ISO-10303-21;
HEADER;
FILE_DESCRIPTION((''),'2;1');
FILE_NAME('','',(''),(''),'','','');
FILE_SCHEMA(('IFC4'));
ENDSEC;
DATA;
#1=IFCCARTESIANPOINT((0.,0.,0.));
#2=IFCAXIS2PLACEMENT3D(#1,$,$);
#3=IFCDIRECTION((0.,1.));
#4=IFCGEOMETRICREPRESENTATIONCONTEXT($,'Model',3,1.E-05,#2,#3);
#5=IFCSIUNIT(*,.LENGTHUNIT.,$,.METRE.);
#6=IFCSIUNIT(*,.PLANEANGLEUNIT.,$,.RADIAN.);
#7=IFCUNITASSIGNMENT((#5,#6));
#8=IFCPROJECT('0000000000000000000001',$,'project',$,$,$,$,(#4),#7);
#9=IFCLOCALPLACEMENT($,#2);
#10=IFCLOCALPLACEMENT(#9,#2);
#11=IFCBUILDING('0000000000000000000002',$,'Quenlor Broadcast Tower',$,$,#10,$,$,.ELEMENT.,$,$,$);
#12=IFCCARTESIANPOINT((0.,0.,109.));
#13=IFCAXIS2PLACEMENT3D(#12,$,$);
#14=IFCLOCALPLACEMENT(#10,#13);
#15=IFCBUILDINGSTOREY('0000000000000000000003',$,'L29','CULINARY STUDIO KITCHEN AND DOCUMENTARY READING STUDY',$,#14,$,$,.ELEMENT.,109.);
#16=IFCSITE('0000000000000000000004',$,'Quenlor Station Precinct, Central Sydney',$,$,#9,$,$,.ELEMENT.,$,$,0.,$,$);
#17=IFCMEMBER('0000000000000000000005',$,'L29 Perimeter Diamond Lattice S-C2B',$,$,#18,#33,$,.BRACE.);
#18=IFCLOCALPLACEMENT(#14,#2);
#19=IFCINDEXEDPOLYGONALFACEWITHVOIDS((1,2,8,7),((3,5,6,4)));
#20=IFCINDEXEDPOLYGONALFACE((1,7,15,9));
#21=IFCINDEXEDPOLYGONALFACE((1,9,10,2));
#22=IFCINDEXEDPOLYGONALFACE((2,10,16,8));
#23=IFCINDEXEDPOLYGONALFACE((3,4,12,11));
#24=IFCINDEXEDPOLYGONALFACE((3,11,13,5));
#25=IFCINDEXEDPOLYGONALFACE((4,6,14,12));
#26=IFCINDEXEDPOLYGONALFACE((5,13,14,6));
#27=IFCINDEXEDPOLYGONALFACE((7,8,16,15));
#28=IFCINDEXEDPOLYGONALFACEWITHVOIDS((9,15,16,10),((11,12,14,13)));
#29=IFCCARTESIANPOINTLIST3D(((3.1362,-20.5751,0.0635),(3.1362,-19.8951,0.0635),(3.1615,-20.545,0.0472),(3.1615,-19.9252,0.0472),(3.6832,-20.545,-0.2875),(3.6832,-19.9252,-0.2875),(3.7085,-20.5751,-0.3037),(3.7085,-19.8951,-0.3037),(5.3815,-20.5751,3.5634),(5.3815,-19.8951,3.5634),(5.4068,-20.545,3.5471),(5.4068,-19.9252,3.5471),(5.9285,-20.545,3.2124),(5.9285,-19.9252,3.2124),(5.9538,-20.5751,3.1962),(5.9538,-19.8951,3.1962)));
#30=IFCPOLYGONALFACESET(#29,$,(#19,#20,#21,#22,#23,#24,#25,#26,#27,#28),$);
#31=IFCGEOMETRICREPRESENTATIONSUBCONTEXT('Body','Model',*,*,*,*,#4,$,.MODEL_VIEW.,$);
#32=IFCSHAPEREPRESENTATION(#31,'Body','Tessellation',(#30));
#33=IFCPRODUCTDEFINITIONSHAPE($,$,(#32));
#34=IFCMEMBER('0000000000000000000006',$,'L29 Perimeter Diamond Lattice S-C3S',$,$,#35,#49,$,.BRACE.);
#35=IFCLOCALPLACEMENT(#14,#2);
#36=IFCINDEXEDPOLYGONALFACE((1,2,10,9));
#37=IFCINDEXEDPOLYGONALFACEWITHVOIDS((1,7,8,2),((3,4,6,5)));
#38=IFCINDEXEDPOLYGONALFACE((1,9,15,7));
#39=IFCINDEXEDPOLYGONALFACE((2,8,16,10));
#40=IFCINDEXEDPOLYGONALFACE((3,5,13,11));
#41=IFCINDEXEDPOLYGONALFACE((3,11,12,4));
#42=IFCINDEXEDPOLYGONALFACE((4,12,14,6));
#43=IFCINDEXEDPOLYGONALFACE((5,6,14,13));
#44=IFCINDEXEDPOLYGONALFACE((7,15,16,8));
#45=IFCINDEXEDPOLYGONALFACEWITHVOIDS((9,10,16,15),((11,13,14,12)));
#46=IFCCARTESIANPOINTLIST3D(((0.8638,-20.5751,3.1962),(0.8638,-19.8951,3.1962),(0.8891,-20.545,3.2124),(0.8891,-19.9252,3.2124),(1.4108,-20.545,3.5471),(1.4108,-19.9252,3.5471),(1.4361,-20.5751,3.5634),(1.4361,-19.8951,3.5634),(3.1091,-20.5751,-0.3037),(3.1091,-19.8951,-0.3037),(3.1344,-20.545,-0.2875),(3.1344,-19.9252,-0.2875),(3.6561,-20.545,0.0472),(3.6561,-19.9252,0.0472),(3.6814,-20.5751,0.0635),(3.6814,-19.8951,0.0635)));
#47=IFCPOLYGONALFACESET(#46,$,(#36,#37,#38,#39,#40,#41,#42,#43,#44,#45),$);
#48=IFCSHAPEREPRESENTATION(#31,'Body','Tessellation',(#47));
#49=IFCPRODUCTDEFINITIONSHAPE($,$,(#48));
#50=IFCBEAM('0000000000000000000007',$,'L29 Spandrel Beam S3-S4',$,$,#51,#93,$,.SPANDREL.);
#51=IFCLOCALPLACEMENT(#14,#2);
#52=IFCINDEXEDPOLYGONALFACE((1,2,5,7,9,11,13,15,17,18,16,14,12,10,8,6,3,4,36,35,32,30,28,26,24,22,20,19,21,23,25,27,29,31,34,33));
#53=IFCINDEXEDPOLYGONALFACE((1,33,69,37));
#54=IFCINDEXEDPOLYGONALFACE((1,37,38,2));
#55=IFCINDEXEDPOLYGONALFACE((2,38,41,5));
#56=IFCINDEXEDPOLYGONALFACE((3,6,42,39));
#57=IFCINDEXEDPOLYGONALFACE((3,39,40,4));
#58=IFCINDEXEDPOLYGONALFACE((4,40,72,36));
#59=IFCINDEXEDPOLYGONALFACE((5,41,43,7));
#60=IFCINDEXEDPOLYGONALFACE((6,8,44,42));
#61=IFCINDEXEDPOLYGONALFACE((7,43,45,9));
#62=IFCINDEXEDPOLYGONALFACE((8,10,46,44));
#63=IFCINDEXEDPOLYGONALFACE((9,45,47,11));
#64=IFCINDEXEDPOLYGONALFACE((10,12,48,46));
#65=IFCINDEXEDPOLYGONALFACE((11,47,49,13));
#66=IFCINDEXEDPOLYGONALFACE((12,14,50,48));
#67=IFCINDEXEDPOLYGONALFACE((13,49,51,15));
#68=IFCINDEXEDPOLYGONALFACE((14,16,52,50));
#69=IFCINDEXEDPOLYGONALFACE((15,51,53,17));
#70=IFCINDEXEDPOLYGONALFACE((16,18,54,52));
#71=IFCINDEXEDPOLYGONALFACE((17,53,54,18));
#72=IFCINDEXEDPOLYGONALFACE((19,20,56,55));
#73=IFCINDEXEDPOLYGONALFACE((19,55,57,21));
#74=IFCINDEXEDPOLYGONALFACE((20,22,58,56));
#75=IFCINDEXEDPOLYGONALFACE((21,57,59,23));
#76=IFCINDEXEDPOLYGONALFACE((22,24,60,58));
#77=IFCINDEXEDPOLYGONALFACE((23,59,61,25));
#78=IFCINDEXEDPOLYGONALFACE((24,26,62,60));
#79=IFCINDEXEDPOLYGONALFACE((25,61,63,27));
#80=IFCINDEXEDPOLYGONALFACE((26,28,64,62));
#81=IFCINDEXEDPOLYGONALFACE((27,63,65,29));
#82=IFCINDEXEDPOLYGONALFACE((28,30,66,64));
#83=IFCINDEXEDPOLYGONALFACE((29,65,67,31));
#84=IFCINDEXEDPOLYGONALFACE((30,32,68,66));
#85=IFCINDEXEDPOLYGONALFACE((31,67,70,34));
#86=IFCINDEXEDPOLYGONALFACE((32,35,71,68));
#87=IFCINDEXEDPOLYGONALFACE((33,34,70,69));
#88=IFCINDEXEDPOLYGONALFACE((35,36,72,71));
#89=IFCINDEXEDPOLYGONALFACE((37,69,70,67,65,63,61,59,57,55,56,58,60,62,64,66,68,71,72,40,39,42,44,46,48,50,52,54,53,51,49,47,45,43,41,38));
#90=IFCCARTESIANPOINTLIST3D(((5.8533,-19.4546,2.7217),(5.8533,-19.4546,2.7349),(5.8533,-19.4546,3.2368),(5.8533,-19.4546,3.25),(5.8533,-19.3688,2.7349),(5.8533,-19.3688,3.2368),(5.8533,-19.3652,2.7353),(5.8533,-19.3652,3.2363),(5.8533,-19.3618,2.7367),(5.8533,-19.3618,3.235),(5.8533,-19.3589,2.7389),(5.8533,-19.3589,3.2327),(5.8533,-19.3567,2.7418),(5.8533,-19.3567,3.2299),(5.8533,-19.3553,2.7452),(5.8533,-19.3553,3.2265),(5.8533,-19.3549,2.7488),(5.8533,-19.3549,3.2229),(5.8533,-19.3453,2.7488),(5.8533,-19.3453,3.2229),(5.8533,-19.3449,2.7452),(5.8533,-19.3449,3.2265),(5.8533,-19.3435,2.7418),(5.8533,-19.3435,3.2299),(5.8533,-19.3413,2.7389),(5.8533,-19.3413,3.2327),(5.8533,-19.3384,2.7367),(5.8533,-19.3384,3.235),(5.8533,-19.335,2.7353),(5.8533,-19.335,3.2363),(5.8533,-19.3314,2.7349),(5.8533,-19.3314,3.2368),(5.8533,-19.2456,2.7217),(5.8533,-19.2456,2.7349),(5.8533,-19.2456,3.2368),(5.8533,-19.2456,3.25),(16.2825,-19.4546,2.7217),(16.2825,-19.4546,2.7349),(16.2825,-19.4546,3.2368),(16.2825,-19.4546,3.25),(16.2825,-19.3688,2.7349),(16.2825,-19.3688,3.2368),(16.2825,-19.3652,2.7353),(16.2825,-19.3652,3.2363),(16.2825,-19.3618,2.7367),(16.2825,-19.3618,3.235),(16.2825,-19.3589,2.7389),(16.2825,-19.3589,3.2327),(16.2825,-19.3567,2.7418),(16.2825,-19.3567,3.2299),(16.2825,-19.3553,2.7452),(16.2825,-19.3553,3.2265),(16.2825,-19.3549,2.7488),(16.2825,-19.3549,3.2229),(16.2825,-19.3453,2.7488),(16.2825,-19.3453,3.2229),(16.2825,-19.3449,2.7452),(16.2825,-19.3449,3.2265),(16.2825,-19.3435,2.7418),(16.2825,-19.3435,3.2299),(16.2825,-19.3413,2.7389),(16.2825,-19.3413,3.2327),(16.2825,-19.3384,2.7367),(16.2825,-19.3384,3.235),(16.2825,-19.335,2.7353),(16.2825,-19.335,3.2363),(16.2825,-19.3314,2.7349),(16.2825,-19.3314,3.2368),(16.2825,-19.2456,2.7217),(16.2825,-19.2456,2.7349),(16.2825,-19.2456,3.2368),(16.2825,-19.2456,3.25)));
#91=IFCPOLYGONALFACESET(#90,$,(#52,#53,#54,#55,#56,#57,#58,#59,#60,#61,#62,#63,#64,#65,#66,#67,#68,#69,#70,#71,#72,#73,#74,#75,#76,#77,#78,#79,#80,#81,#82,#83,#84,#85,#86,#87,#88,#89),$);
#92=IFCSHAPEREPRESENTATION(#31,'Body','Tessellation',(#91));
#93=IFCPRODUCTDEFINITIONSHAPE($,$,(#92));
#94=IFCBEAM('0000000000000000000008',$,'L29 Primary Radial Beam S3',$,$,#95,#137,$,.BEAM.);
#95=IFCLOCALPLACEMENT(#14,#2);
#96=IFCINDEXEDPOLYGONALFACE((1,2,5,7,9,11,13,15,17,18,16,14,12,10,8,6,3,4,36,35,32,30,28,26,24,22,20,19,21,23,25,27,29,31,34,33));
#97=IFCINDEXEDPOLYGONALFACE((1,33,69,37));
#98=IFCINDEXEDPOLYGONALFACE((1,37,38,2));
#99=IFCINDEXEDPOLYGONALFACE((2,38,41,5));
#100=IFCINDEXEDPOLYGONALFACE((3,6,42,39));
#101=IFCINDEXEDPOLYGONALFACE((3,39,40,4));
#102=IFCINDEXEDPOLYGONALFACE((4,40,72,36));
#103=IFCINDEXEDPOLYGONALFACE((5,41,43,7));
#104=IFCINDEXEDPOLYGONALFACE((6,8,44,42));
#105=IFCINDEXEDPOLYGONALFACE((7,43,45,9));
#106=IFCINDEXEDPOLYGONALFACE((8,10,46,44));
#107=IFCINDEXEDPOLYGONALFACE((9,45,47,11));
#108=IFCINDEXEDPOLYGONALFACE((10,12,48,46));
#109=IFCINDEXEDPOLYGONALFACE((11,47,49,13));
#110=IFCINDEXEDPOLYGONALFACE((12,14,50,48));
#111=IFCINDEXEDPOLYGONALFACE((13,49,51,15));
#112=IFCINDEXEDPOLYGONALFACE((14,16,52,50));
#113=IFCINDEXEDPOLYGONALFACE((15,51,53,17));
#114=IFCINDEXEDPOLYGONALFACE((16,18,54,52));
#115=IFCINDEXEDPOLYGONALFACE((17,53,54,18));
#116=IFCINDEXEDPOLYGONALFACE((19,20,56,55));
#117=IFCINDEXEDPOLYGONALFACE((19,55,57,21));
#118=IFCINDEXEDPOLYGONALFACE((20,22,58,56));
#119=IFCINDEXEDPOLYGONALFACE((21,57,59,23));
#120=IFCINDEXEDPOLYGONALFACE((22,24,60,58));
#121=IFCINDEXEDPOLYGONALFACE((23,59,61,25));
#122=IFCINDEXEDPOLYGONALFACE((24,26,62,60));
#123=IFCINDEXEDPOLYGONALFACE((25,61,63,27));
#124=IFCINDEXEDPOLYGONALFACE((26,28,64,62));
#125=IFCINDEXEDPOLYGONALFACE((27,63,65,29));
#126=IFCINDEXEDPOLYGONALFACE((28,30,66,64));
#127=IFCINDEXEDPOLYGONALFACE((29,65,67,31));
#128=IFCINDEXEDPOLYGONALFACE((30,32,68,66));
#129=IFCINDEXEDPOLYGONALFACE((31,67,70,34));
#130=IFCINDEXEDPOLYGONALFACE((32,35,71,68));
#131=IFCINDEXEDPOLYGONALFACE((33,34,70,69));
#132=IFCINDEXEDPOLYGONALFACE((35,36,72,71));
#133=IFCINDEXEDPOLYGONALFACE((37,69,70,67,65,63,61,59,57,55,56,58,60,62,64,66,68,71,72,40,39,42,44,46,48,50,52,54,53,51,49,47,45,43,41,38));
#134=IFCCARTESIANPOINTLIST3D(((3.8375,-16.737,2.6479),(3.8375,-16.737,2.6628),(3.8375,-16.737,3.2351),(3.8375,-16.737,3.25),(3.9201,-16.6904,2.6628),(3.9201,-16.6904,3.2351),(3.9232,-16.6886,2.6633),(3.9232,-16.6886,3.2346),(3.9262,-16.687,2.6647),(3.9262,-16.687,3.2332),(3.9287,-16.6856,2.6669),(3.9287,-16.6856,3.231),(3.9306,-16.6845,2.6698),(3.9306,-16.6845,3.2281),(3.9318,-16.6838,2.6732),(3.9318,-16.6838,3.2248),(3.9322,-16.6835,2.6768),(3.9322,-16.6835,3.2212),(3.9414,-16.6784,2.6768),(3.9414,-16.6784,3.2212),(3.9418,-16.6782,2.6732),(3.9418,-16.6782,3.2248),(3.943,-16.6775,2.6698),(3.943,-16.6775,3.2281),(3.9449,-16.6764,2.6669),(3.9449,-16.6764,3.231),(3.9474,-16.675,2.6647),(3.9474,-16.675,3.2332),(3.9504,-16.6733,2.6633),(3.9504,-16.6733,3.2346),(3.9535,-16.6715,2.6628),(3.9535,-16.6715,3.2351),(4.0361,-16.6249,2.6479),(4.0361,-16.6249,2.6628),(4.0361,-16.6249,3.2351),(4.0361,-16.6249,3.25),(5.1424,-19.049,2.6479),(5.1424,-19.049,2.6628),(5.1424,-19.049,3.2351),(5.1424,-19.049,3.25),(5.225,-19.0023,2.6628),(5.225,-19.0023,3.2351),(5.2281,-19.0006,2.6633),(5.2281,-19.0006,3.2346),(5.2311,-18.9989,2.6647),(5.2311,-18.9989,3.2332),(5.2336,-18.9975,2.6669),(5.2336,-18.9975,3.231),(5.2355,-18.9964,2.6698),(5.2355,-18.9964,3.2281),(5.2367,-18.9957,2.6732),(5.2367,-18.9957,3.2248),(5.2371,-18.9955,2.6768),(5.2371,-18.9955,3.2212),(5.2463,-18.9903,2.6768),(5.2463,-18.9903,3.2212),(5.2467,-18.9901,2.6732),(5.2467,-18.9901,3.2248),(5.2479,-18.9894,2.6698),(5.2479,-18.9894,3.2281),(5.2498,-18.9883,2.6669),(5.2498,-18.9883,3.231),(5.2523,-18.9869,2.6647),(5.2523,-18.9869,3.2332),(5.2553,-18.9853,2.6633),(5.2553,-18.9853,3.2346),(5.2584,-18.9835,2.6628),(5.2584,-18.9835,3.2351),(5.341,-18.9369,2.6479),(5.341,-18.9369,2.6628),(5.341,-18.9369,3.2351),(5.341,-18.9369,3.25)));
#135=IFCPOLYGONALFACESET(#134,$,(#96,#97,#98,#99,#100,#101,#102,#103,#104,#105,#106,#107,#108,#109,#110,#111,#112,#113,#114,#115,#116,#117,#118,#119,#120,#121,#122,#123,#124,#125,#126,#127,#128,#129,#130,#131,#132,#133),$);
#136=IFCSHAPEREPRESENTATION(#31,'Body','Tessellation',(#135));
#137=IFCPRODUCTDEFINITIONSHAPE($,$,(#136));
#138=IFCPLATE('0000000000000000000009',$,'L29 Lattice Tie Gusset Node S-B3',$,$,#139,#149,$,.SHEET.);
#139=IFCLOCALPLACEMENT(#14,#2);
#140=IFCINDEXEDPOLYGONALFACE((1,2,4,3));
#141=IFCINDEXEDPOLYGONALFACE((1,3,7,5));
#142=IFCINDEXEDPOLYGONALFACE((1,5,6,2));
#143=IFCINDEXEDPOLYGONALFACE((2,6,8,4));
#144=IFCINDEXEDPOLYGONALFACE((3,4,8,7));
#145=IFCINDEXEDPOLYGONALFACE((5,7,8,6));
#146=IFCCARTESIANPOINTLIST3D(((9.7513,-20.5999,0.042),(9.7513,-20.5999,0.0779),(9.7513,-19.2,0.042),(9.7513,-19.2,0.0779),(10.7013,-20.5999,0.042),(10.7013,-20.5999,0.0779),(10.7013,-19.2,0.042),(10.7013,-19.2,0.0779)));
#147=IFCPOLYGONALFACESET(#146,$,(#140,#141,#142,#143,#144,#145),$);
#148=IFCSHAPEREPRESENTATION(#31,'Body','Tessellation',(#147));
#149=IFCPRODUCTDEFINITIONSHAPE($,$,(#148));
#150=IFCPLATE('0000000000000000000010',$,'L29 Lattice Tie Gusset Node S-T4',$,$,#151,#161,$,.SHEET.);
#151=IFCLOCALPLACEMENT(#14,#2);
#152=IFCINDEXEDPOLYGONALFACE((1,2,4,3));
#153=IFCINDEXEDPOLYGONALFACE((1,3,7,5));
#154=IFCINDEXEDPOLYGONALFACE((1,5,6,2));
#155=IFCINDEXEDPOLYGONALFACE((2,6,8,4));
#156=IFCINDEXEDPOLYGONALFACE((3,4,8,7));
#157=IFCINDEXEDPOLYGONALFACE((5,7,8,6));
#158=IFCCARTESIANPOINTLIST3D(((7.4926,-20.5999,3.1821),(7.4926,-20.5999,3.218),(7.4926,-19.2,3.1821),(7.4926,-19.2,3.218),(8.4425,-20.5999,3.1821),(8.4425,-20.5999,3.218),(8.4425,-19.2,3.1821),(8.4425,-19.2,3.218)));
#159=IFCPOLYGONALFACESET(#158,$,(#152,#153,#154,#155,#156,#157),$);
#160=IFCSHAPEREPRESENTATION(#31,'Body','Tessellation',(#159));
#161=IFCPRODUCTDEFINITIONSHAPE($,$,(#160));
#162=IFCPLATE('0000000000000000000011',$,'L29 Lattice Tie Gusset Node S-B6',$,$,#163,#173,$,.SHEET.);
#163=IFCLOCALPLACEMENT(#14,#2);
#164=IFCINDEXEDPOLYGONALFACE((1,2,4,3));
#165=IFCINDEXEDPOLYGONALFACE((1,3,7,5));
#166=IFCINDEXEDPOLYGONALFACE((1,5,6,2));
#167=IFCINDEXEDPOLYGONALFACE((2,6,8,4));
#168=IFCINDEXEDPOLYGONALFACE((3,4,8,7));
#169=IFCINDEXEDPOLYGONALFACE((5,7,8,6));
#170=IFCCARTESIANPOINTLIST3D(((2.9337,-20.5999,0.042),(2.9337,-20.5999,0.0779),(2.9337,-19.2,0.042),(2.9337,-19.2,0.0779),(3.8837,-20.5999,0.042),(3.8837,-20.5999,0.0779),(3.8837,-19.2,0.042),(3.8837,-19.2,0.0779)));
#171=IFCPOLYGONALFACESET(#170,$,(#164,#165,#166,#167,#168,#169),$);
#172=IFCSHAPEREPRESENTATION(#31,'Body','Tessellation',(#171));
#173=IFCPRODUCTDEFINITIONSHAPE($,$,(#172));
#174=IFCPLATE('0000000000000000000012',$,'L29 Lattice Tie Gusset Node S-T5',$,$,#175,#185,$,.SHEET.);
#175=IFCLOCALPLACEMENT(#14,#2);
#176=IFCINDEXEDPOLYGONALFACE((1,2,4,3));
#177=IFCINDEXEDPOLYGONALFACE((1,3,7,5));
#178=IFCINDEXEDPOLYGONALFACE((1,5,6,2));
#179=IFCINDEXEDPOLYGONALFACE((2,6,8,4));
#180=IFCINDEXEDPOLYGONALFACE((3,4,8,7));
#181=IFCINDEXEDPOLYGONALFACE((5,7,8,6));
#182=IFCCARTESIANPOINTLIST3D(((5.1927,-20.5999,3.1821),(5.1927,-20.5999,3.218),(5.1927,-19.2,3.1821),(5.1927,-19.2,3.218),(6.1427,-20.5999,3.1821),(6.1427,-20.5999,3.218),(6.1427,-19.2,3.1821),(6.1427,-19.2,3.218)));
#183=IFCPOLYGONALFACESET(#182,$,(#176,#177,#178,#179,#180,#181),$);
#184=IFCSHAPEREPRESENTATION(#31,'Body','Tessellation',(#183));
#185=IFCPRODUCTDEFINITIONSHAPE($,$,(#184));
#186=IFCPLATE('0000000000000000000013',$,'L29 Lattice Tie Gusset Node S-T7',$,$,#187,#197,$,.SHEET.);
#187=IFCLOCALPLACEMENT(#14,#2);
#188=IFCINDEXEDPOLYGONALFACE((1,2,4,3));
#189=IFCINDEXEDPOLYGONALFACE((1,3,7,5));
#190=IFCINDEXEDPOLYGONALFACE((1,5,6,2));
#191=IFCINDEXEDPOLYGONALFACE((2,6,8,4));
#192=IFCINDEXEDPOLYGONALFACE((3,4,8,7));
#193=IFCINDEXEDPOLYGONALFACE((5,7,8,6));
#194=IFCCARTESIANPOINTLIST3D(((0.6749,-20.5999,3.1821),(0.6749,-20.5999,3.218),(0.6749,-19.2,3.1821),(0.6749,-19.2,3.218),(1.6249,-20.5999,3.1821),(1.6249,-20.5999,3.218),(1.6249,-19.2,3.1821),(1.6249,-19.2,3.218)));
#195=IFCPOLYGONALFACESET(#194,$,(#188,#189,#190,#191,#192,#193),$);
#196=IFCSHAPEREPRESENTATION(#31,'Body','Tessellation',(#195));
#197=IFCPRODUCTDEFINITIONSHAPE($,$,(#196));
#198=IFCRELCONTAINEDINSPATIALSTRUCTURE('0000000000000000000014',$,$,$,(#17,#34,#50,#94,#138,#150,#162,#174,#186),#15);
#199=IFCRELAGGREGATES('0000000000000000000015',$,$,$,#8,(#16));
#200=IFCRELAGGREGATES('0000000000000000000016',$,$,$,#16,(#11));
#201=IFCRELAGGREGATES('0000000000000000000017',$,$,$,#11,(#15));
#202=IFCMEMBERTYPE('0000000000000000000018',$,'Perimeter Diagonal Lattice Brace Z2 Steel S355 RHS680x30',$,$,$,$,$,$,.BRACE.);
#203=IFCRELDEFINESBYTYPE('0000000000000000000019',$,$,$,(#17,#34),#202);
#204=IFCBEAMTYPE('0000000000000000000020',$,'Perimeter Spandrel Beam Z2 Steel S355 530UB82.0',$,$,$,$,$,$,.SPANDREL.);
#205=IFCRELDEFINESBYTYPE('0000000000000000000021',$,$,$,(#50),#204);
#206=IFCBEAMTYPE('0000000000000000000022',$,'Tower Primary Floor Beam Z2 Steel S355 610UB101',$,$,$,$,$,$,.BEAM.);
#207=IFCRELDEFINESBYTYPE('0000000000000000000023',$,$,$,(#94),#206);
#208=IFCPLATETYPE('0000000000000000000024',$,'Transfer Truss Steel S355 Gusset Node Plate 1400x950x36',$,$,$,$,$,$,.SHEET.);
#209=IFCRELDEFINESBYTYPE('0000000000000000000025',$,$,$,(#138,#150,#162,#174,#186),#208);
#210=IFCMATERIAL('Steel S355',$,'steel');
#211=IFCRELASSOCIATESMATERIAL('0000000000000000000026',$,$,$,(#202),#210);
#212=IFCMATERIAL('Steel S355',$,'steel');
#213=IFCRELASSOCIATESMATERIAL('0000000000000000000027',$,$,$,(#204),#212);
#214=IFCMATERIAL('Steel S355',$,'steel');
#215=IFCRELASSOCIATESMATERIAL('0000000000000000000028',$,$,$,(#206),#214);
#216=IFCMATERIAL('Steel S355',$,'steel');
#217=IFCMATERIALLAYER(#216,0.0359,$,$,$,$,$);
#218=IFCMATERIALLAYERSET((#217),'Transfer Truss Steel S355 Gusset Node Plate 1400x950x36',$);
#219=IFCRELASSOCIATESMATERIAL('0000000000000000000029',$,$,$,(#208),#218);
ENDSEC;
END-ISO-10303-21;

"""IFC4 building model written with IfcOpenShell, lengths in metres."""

from ifc_helpers import new_model, si_unit, direction, frame, origin, origin_2d, place, context, subcontext, project, spatial, rectangle, hollow_rectangle, i_section, extrude, material, layer, layer_set, material_profile, profile_set, type_object, element, save


model = new_model("IFC4")

# Units and contexts
model_context = context("Model", 3, precision=1e-05, world=origin(), true_north=direction((0.0, 1.0)))
body_context = subcontext(model_context, "Body", "Model", "MODEL_VIEW")
ifc_project = project(units=[si_unit("LENGTHUNIT", "METRE"), si_unit("PLANEANGLEUNIT", "RADIAN")], contexts=[model_context])

# Site, building, storey
site_placement = place(None, origin())
site = spatial("IfcSite", under=ifc_project, at=site_placement, Name="Quenlor Station Precinct, Central Sydney", CompositionType="ELEMENT", RefElevation=0.0)
building_placement = place(site_placement, origin())
building = spatial("IfcBuilding", under=site, at=building_placement, Name="Quenlor Broadcast Tower", CompositionType="ELEMENT")
storey_placement = place(building_placement, frame((0.0, 0.0, 109.0)))
storey = spatial("IfcBuildingStorey", under=building, at=storey_placement, Name="L29", Description="CULINARY STUDIO KITCHEN AND DOCUMENTARY READING STUDY", CompositionType="ELEMENT", Elevation=109.0)

# Members
ifc_material_1 = material(Name="Steel S355", Category="steel")
ifc_material_profile_1 = material_profile(ifc_material_1, hollow_rectangle(XDim=0.6799, YDim=0.6799, WallThickness=0.03, at=origin_2d()))
ifc_profile_set_1 = profile_set([ifc_material_profile_1], Name="Steel S355 RHS680x680x30")
member_type_1 = type_object("IfcMemberType", Name="Perimeter Diagonal Lattice Brace Z2 Steel S355 RHS680x30", PredefinedType="BRACE", material=ifc_profile_set_1)
for number, where, z_axis, x_axis, name in (
    (1, (3.4224, -20.2351, -0.1201), (0.539968, 0.0, 0.841686), (0.0, 1.0, 0.0), "L29 Perimeter Diamond Lattice S-C2B"),
    (2, (3.3953, -20.2351, -0.1201), (-0.539968, 0.0, 0.841686), (0.0, -1.0, 0.0), "L29 Perimeter Diamond Lattice S-C3S"),
):
    element("IfcMember", number, at=place(storey_placement, frame(where, z_axis=z_axis, x_axis=x_axis)), inside=storey, type_object=member_type_1, Name=name, PredefinedType="BRACE", context=body_context, shape_type="SweptSolid", body=[
        extrude(hollow_rectangle(XDim=0.6799, YDim=0.6799, WallThickness=0.03, at=origin_2d()), origin(), (0.0, 0.0, 1.0), 4.1582),
    ])

# Beams
ifc_material_2 = material(Name="Steel S355", Category="steel")
ifc_material_profile_2 = material_profile(ifc_material_2, i_section(OverallWidth=0.209, OverallDepth=0.5283, WebThickness=0.0095, FlangeThickness=0.0132, FilletRadius=0.0139, at=origin_2d()))
ifc_profile_set_2 = profile_set([ifc_material_profile_2], Name="Steel S355 530UB82.0")
beam_type_1 = type_object("IfcBeamType", Name="Perimeter Spandrel Beam Z2 Steel S355 530UB82.0", PredefinedType="SPANDREL", material=ifc_profile_set_2)
beam_1_placement = place(storey_placement, frame((5.8533, -19.3501, 2.9858), z_axis=(1.0, 0.0, 0.0), x_axis=(0.0, 1.0, 0.0)))
element("IfcBeam", 3, at=beam_1_placement, inside=storey, type_object=beam_type_1, Name="L29 Spandrel Beam S3-S4", PredefinedType="SPANDREL", context=body_context, shape_type="SweptSolid", body=[
    extrude(i_section(OverallWidth=0.209, OverallDepth=0.5283, WebThickness=0.0095, FlangeThickness=0.0132, FilletRadius=0.0139, at=origin_2d()), origin(), (0.0, 0.0, 1.0), 10.4292),
])
ifc_material_3 = material(Name="Steel S355", Category="steel")
ifc_material_profile_3 = material_profile(ifc_material_3, i_section(OverallWidth=0.228, OverallDepth=0.6021, WebThickness=0.0105, FlangeThickness=0.0149, FilletRadius=0.0139, at=origin_2d()))
ifc_profile_set_3 = profile_set([ifc_material_profile_3], Name="Steel S355 610UB101")
beam_type_2 = type_object("IfcBeamType", Name="Tower Primary Floor Beam Z2 Steel S355 610UB101", PredefinedType="BEAM", material=ifc_profile_set_3)
beam_2_placement = place(storey_placement, frame((5.2417, -18.9929, 2.949), z_axis=(-0.491527, 0.870862, 0.0), x_axis=(-0.870862, -0.491527, 0.0)))
element("IfcBeam", 4, at=beam_2_placement, inside=storey, type_object=beam_type_2, Name="L29 Primary Radial Beam S3", PredefinedType="BEAM", context=body_context, shape_type="SweptSolid", body=[
    extrude(i_section(OverallWidth=0.228, OverallDepth=0.6021, WebThickness=0.0105, FlangeThickness=0.0149, FilletRadius=0.0139, at=origin_2d()), origin(), (0.0, 0.0, 1.0), 2.6548),
])

# Plates
ifc_material_4 = material(Name="Steel S355", Category="steel")
ifc_layer_1 = layer(ifc_material_4, 0.0359)
ifc_layer_set_1 = layer_set([ifc_layer_1], Name="Transfer Truss Steel S355 Gusset Node Plate 1400x950x36")
plate_type = type_object("IfcPlateType", Name="Transfer Truss Steel S355 Gusset Node Plate 1400x950x36", PredefinedType="SHEET", material=ifc_layer_set_1)
for number, where, z_axis, x_axis, name in (
    (5, (10.2263, -19.8999, 0.042), (0.0, 0.0, 1.0), (0.0, -1.0, 0.0), "L29 Lattice Tie Gusset Node S-B3"),
    (6, (7.9675, -19.8999, 3.1821), (0.0, 0.0, 1.0), (0.0, -1.0, 0.0), "L29 Lattice Tie Gusset Node S-T4"),
    (7, (3.4087, -19.8999, 0.042), (0.0, 0.0, 1.0), (0.0, -1.0, 0.0), "L29 Lattice Tie Gusset Node S-B6"),
    (8, (5.6677, -19.8999, 3.1821), (0.0, 0.0, 1.0), (0.0, -1.0, 0.0), "L29 Lattice Tie Gusset Node S-T5"),
    (9, (1.1499, -19.8999, 3.1821), (0.0, 0.0, 1.0), (0.0, -1.0, 0.0), "L29 Lattice Tie Gusset Node S-T7"),
):
    element("IfcPlate", number, at=place(storey_placement, frame(where, z_axis=z_axis, x_axis=x_axis)), inside=storey, type_object=plate_type, Name=name, PredefinedType="SHEET", context=body_context, shape_type="SweptSolid", body=[
        extrude(rectangle(XDim=1.3999, YDim=0.95, at=origin_2d()), origin(), (0.0, 0.0, 1.0), 0.0359),
    ])

save(model, "model.ifc")
